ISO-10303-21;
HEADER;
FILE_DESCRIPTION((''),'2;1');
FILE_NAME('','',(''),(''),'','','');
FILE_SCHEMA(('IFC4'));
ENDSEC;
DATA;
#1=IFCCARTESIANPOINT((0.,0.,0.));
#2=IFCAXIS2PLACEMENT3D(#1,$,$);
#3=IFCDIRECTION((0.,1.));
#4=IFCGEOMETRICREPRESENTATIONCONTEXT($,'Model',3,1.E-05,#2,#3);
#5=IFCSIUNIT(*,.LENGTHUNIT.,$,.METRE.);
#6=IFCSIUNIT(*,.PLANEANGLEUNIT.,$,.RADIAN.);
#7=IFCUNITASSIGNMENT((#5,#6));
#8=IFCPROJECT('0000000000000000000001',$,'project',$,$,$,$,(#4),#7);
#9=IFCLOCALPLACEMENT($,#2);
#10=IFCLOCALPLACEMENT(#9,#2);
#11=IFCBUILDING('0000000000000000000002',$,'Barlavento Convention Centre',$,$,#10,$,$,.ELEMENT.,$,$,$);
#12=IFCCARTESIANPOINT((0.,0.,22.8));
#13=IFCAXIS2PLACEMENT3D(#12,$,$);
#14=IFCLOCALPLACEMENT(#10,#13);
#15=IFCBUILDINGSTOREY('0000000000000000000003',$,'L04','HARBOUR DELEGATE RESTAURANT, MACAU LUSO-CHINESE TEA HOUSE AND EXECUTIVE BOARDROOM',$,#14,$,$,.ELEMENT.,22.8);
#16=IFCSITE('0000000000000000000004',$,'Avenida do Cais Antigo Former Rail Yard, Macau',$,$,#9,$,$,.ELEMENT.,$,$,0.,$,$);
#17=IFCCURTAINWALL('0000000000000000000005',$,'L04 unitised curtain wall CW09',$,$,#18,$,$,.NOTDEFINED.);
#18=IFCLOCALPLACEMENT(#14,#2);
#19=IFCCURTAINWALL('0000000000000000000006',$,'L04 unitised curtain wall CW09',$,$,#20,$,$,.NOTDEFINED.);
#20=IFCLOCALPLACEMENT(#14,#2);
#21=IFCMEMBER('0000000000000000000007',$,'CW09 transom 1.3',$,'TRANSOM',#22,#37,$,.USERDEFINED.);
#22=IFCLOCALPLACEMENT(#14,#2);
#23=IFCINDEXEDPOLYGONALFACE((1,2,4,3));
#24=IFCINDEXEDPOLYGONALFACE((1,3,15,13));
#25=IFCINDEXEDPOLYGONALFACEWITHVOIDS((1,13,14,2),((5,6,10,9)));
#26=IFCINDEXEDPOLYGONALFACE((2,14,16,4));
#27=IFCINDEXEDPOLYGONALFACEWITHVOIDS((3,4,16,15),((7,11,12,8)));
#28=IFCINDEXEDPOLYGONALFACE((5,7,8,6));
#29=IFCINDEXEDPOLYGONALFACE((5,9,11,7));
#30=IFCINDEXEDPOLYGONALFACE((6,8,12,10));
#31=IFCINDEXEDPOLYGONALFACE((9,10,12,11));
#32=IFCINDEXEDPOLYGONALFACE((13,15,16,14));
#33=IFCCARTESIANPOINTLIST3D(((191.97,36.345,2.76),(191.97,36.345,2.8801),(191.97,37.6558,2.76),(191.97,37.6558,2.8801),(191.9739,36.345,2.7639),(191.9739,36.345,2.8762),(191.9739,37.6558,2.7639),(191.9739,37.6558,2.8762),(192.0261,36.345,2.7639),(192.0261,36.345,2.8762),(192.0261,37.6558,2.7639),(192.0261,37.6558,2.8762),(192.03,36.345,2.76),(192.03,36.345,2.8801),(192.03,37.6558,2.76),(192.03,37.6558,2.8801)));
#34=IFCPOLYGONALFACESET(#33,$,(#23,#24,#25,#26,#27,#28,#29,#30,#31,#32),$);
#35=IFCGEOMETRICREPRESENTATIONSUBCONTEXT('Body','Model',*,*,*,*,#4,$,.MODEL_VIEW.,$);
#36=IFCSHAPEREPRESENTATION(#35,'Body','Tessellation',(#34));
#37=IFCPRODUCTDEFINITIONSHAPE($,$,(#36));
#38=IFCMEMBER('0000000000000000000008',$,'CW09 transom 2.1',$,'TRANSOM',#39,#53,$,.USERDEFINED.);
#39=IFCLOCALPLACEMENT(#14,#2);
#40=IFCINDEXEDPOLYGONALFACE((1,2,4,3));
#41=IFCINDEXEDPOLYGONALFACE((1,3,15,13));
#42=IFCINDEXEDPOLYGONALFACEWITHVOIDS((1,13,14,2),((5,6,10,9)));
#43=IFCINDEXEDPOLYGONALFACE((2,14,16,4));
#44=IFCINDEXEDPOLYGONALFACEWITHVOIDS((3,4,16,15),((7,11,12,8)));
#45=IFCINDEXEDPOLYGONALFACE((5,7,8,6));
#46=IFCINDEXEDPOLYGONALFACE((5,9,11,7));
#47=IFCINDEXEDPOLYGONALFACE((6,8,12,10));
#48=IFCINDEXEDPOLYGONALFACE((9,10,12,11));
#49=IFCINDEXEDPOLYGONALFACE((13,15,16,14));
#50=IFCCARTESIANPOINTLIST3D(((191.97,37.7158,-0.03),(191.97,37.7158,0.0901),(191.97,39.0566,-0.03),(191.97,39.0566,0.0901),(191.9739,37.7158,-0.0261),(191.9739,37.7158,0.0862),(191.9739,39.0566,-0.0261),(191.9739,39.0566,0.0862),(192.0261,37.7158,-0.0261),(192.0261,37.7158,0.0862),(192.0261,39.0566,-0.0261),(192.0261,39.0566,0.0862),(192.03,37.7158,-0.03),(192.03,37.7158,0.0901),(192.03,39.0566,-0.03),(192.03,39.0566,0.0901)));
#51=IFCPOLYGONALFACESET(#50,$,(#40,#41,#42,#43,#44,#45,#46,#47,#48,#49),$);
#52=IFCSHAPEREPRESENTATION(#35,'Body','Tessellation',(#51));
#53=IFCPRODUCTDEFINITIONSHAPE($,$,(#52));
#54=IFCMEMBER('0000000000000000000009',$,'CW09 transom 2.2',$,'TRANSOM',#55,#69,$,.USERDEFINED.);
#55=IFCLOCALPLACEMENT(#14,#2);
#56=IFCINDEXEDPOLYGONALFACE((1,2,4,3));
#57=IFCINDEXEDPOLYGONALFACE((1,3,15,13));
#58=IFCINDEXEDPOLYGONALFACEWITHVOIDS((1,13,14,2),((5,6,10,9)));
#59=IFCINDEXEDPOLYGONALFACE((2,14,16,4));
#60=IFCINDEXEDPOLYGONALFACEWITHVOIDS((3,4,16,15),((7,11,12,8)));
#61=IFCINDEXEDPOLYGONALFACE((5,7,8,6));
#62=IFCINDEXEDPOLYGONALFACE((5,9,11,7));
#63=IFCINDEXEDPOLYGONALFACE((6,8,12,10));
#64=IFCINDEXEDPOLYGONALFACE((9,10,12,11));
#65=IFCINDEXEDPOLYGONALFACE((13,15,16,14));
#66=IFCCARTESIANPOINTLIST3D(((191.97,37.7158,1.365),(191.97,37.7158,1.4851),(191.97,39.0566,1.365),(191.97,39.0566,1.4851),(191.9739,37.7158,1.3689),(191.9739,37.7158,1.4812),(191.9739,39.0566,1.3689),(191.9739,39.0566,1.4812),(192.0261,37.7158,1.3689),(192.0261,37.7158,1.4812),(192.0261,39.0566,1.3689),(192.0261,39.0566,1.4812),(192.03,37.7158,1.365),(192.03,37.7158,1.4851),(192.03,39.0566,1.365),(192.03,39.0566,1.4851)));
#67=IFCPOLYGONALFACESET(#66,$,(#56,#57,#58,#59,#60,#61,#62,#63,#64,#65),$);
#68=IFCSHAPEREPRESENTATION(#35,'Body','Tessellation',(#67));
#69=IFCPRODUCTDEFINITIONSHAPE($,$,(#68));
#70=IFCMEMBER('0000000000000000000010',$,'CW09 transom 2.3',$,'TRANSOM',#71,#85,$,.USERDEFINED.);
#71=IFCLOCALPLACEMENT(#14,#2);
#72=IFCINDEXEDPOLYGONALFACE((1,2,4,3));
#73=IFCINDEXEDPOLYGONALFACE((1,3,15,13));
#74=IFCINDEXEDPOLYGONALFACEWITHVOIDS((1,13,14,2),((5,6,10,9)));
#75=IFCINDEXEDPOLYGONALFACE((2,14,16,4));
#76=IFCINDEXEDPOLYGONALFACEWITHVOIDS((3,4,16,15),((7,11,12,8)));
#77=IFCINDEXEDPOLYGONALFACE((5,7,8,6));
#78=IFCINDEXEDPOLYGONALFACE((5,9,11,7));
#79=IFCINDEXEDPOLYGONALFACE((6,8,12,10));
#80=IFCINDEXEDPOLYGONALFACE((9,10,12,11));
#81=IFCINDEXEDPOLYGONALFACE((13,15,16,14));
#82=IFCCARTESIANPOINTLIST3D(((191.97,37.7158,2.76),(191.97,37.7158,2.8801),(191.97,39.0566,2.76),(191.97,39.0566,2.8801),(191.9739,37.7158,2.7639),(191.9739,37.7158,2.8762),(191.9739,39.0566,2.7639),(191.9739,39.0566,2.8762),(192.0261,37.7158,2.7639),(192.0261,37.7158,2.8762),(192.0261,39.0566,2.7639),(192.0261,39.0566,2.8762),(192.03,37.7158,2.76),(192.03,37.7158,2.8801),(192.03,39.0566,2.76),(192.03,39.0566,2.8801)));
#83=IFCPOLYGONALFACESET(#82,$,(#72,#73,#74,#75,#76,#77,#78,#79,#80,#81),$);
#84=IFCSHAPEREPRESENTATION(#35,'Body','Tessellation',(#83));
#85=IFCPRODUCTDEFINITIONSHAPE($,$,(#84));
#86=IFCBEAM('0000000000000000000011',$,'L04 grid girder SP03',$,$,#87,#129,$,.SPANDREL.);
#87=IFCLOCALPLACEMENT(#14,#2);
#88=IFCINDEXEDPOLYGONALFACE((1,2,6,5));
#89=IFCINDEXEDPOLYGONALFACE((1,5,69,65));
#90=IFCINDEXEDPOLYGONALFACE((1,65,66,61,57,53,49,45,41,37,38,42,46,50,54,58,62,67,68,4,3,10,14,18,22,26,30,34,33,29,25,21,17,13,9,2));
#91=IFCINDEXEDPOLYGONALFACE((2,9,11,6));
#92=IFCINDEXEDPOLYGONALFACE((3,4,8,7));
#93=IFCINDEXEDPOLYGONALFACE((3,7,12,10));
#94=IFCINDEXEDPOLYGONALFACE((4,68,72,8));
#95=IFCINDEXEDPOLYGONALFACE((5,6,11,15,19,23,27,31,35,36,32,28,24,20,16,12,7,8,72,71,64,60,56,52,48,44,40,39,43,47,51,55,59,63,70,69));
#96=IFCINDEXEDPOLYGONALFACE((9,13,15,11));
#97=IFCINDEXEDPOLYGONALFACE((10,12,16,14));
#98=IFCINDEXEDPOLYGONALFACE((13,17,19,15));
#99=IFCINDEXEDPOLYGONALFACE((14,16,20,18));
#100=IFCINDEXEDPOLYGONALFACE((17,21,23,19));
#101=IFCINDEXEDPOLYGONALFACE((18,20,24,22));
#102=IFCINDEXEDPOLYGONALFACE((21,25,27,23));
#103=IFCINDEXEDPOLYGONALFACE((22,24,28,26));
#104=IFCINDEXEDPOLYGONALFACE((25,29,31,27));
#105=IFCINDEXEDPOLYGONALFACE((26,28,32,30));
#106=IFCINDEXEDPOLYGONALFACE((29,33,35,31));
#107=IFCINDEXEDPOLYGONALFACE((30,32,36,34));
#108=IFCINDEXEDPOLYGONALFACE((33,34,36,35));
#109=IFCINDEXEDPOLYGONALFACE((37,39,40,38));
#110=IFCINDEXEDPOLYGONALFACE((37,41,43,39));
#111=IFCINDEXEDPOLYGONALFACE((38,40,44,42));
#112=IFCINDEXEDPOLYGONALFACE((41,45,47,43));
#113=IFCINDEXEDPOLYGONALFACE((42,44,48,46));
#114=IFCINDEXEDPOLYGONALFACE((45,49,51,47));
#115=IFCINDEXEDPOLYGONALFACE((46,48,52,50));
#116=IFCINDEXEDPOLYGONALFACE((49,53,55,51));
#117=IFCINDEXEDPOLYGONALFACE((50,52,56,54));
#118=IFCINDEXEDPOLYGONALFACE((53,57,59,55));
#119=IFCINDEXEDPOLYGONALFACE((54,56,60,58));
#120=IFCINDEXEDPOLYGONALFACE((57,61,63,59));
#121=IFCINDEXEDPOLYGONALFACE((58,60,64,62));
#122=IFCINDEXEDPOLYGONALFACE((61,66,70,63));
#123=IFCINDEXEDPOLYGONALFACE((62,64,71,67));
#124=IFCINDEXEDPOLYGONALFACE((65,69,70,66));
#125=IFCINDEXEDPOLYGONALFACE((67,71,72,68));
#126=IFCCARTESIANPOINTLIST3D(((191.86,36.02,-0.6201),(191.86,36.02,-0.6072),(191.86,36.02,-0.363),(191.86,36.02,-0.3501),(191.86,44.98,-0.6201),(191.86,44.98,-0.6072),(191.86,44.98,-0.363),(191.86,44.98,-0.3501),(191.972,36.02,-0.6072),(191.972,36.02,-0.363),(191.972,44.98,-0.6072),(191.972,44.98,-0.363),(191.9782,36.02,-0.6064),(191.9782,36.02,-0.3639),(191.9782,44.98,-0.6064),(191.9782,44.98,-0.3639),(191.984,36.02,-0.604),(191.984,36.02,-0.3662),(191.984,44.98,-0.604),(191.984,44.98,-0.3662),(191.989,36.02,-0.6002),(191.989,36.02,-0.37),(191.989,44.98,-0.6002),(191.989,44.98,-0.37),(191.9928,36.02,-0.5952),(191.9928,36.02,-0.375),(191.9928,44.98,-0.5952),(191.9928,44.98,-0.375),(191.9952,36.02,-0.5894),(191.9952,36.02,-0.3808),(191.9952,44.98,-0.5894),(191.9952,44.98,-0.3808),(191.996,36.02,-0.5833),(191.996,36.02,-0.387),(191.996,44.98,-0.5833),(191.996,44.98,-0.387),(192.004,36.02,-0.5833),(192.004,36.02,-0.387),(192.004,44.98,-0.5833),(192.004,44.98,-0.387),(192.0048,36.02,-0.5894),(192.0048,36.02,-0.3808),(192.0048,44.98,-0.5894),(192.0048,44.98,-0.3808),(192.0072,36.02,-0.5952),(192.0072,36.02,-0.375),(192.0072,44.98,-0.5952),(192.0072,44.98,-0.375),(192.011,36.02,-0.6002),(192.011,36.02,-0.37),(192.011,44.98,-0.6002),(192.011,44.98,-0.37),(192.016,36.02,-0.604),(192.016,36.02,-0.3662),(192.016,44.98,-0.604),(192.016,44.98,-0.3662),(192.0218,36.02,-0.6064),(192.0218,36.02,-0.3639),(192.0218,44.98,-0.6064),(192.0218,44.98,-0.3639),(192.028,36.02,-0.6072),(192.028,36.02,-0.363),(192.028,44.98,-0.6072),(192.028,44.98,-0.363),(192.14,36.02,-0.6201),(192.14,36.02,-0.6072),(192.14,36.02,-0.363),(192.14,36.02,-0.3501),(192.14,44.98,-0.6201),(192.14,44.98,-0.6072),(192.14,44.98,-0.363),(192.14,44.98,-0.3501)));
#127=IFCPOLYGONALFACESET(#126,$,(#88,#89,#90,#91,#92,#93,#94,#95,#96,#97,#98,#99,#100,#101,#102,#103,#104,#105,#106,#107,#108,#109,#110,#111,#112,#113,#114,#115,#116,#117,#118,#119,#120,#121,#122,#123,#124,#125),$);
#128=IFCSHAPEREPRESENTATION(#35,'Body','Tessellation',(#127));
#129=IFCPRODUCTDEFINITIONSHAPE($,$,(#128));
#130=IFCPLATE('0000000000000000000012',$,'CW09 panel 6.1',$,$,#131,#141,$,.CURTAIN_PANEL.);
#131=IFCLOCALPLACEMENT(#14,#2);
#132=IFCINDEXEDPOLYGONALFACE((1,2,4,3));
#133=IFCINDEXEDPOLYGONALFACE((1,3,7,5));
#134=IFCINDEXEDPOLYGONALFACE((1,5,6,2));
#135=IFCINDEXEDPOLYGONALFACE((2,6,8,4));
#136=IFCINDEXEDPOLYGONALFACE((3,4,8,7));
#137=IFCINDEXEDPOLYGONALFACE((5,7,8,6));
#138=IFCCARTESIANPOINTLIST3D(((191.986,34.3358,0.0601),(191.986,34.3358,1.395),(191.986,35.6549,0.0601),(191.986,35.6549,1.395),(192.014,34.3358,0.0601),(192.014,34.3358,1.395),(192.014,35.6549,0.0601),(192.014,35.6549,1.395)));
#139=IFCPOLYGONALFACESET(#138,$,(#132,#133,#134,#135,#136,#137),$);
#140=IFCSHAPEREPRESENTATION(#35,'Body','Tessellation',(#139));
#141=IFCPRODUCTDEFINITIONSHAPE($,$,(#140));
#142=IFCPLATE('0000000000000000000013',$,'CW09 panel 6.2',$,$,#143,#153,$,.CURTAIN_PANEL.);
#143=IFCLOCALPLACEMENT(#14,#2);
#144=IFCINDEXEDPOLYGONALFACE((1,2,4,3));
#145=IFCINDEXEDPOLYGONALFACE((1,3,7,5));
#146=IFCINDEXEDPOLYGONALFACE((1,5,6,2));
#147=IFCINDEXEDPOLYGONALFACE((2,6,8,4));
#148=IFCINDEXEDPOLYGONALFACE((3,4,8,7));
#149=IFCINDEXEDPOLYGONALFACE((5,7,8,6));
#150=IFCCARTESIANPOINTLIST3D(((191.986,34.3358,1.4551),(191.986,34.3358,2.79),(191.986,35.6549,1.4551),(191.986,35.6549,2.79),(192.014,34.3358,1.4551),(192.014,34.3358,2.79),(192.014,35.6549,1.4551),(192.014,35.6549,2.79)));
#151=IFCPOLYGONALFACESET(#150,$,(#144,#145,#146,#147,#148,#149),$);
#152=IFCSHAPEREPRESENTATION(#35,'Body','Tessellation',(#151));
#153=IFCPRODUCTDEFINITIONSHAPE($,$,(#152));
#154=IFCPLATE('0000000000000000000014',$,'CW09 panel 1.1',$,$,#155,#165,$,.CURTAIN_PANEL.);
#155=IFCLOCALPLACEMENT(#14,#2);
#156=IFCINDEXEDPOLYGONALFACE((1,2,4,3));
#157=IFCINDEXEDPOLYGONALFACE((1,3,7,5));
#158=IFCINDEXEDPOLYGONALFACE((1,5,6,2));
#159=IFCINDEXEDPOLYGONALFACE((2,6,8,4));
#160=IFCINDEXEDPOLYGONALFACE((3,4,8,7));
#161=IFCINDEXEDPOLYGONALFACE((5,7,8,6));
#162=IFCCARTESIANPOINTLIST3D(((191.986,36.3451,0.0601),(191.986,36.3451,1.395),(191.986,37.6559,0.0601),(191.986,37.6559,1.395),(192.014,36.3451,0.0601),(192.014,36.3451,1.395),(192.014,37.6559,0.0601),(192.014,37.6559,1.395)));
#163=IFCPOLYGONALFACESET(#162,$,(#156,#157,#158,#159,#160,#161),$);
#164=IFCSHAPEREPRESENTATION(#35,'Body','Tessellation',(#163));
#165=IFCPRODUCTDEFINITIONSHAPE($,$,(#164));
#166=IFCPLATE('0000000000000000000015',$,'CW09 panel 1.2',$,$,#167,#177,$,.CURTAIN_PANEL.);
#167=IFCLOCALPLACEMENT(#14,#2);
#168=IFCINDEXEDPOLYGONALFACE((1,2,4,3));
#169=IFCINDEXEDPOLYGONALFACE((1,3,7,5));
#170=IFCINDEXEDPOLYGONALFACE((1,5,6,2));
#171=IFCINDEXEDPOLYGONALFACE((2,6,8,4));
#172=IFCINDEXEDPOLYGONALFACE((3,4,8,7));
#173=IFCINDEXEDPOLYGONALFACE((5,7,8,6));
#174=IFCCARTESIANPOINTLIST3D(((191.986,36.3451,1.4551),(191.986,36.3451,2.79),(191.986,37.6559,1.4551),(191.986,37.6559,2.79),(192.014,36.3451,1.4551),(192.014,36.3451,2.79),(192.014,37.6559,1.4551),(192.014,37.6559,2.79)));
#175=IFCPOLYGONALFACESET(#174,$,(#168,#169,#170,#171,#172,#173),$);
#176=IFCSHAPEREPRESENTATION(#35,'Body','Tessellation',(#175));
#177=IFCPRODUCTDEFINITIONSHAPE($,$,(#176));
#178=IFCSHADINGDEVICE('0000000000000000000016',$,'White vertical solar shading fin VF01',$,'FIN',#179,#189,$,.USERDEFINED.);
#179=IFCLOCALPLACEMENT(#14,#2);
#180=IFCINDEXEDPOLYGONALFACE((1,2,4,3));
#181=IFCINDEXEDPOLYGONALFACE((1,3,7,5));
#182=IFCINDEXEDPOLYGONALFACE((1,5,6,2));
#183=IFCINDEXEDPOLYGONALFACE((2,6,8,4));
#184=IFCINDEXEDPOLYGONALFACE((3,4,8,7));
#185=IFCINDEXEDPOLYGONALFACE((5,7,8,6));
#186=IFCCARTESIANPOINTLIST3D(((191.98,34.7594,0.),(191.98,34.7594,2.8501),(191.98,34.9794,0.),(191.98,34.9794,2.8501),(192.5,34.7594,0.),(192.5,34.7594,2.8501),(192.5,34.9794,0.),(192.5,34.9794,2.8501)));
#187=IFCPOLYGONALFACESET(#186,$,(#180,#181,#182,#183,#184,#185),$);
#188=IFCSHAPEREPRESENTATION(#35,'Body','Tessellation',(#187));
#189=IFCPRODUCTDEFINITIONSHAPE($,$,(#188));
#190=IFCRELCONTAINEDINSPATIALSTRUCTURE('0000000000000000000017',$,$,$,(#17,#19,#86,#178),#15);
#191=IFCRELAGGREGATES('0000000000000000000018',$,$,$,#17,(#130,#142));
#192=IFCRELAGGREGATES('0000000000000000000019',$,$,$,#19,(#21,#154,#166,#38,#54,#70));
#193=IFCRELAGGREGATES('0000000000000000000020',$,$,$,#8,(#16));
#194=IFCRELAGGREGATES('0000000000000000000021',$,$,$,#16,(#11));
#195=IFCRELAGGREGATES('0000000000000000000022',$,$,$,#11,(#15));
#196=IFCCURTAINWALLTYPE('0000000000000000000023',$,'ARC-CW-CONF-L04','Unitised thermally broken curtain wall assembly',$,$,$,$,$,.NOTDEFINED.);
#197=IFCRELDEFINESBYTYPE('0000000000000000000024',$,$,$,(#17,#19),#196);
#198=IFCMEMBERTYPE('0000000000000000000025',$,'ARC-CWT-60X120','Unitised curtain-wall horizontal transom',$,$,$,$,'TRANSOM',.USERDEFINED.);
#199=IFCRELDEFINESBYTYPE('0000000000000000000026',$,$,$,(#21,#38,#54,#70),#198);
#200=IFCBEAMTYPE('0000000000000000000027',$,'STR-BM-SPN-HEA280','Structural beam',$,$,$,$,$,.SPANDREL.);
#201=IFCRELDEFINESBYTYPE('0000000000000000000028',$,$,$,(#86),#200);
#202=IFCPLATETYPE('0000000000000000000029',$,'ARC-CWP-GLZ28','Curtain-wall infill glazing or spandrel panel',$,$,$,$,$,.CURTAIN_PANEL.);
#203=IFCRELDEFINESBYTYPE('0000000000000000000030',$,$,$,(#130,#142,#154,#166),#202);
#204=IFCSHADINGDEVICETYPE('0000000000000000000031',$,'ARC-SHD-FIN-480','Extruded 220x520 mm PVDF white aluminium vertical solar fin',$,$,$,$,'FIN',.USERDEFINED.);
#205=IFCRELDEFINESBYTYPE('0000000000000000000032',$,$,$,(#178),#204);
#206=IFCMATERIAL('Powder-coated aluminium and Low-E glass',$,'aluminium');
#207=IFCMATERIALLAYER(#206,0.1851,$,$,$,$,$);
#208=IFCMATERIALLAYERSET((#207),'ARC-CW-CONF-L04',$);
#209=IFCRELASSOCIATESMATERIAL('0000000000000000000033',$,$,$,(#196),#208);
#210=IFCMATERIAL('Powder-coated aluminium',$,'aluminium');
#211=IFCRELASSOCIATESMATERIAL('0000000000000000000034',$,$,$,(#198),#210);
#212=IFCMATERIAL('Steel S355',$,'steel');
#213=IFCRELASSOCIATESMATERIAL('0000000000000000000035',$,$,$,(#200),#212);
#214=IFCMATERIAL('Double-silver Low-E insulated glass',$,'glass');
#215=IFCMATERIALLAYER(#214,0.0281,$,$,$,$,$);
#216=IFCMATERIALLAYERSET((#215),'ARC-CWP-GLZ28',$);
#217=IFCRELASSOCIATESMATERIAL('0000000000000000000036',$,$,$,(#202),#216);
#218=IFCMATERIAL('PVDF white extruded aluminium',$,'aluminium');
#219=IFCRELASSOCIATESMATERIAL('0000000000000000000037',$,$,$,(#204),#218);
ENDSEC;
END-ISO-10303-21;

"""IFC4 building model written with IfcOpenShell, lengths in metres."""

from ifc_helpers import new_model, si_unit, direction, frame, origin, origin_2d, place, context, subcontext, project, spatial, rectangle, hollow_rectangle, i_section, extrude, material, layer, layer_set, material_profile, profile_set, type_object, element, aggregate, save


model = new_model("IFC4")

# Units and contexts
model_context = context("Model", 3, precision=1e-05, world=origin(), true_north=direction((0.0, 1.0)))
body_context = subcontext(model_context, "Body", "Model", "MODEL_VIEW")
ifc_project = project(units=[si_unit("LENGTHUNIT", "METRE"), si_unit("PLANEANGLEUNIT", "RADIAN")], contexts=[model_context])

# Site, building, storey
site_placement = place(None, origin())
site = spatial("IfcSite", under=ifc_project, at=site_placement, Name="Avenida do Cais Antigo Former Rail Yard, Macau", CompositionType="ELEMENT", RefElevation=0.0)
building_placement = place(site_placement, origin())
building = spatial("IfcBuilding", under=site, at=building_placement, Name="Barlavento Convention Centre", CompositionType="ELEMENT")
storey_placement = place(building_placement, frame((0.0, 0.0, 22.8)))
storey = spatial("IfcBuildingStorey", under=building, at=storey_placement, Name="L04", Description="HARBOUR DELEGATE RESTAURANT, MACAU LUSO-CHINESE TEA HOUSE AND EXECUTIVE BOARDROOM", CompositionType="ELEMENT", Elevation=22.8)

# Shared definitions
ifc_material_1 = material(Name="Steel S355", Category="steel")

# Curtain wall
ifc_material_2 = material(Name="Powder-coated aluminium and Low-E glass", Category="aluminium")
ifc_layer_1 = layer(ifc_material_2, 0.1851)
ifc_layer_set_1 = layer_set([ifc_layer_1], Name="ARC-CW-CONF-L04")
curtain_wall_type = type_object("IfcCurtainWallType", Name="ARC-CW-CONF-L04", Description="Unitised thermally broken curtain wall assembly", PredefinedType="NOTDEFINED", material=ifc_layer_set_1)
curtain_wall_1_placement = place(storey_placement, origin())
curtain_wall_1 = element("IfcCurtainWall", 1, at=curtain_wall_1_placement, inside=storey, type_object=curtain_wall_type, Name="L04 unitised curtain wall CW09", PredefinedType="NOTDEFINED")
ifc_material_3 = material(Name="Powder-coated aluminium", Category="aluminium")

# Curtain wall
curtain_wall_2_placement = place(storey_placement, origin())
curtain_wall_2 = element("IfcCurtainWall", 2, at=curtain_wall_2_placement, inside=storey, type_object=curtain_wall_type, Name="L04 unitised curtain wall CW09", PredefinedType="NOTDEFINED")

# Members
ifc_material_profile_1 = material_profile(ifc_material_3, hollow_rectangle(XDim=0.0601, YDim=0.1201, WallThickness=0.0039, at=origin_2d()), Name="AL-TRAN 60x120x4")
ifc_profile_set_1 = profile_set([ifc_material_profile_1], Name="Powder-coated aluminium")
member_type_1 = type_object("IfcMemberType", Name="ARC-CWT-60X120", Description="Unitised curtain-wall horizontal transom", ElementType="TRANSOM", PredefinedType="USERDEFINED", material=ifc_profile_set_1)
member_1_placement = place(storey_placement, frame((192.0, 36.345, 2.8201), z_axis=(0.0, 1.0, 0.0), x_axis=(-1.0, 0.0, 0.0)))
member_1 = element("IfcMember", 3, at=member_1_placement, type_object=member_type_1, Name="CW09 transom 1.3", ObjectType="TRANSOM", PredefinedType="USERDEFINED", context=body_context, shape_type="SweptSolid", body=[
    extrude(hollow_rectangle(XDim=0.0601, YDim=0.1201, WallThickness=0.0039, at=origin_2d()), origin(), (0.0, 0.0, 1.0), 1.3108),
])
member_2_placement = place(storey_placement, frame((192.0, 37.7158, 0.03), z_axis=(0.0, 1.0, 0.0), x_axis=(-1.0, 0.0, 0.0)))
member_2 = element("IfcMember", 4, at=member_2_placement, type_object=member_type_1, Name="CW09 transom 2.1", ObjectType="TRANSOM", PredefinedType="USERDEFINED", context=body_context, shape_type="SweptSolid", body=[
    extrude(hollow_rectangle(XDim=0.0601, YDim=0.1201, WallThickness=0.0039, at=origin_2d()), origin(), (0.0, 0.0, 1.0), 1.3408),
])
member_3_placement = place(storey_placement, frame((192.0, 37.7158, 1.425), z_axis=(0.0, 1.0, 0.0), x_axis=(-1.0, 0.0, 0.0)))
member_3 = element("IfcMember", 5, at=member_3_placement, type_object=member_type_1, Name="CW09 transom 2.2", ObjectType="TRANSOM", PredefinedType="USERDEFINED", context=body_context, shape_type="SweptSolid", body=[
    extrude(hollow_rectangle(XDim=0.0601, YDim=0.1201, WallThickness=0.0039, at=origin_2d()), origin(), (0.0, 0.0, 1.0), 1.3408),
])
member_4_placement = place(storey_placement, frame((192.0, 37.7158, 2.8201), z_axis=(0.0, 1.0, 0.0), x_axis=(-1.0, 0.0, 0.0)))
member_4 = element("IfcMember", 6, at=member_4_placement, type_object=member_type_1, Name="CW09 transom 2.3", ObjectType="TRANSOM", PredefinedType="USERDEFINED", context=body_context, shape_type="SweptSolid", body=[
    extrude(hollow_rectangle(XDim=0.0601, YDim=0.1201, WallThickness=0.0039, at=origin_2d()), origin(), (0.0, 0.0, 1.0), 1.3408),
])

# Beam
ifc_material_profile_2 = material_profile(ifc_material_1, i_section(OverallWidth=0.28, OverallDepth=0.27, WebThickness=0.0081, FlangeThickness=0.0129, FilletRadius=0.0239, at=origin_2d()), Name="HEA 280")
ifc_profile_set_2 = profile_set([ifc_material_profile_2], Name="Steel S355")
beam_type = type_object("IfcBeamType", Name="STR-BM-SPN-HEA280", Description="Structural beam", PredefinedType="SPANDREL", material=ifc_profile_set_2)
beam_placement = place(storey_placement, frame((192.0, 36.02, -0.4851), z_axis=(0.0, 1.0, 0.0), x_axis=(-1.0, 0.0, 0.0)))
element("IfcBeam", 7, at=beam_placement, inside=storey, type_object=beam_type, Name="L04 grid girder SP03", PredefinedType="SPANDREL", context=body_context, shape_type="SweptSolid", body=[
    extrude(i_section(OverallWidth=0.28, OverallDepth=0.27, WebThickness=0.0081, FlangeThickness=0.0129, FilletRadius=0.0239, at=origin_2d()), origin(), (0.0, 0.0, 1.0), 8.96),
])

# Plates
ifc_material_4 = material(Name="Double-silver Low-E insulated glass", Category="glass")
ifc_layer_2 = layer(ifc_material_4, 0.0281)
ifc_layer_set_2 = layer_set([ifc_layer_2], Name="ARC-CWP-GLZ28")
plate_type = type_object("IfcPlateType", Name="ARC-CWP-GLZ28", Description="Curtain-wall infill glazing or spandrel panel", PredefinedType="CURTAIN_PANEL", material=ifc_layer_set_2)
plate_1_placement = place(storey_placement, frame((192.0, 34.9954, 0.0601), z_axis=(0.0, 0.0, 1.0), x_axis=(0.0, 1.0, 0.0)))
plate_1 = element("IfcPlate", 8, at=plate_1_placement, type_object=plate_type, Name="CW09 panel 6.1", PredefinedType="CURTAIN_PANEL", context=body_context, shape_type="SweptSolid", body=[
    extrude(rectangle(XDim=1.3191, YDim=0.0281, at=origin_2d()), origin(), (0.0, 0.0, 1.0), 1.335),
])
plate_2_placement = place(storey_placement, frame((192.0, 34.9954, 1.4551), z_axis=(0.0, 0.0, 1.0), x_axis=(0.0, 1.0, 0.0)))
plate_2 = element("IfcPlate", 9, at=plate_2_placement, type_object=plate_type, Name="CW09 panel 6.2", PredefinedType="CURTAIN_PANEL", context=body_context, shape_type="SweptSolid", body=[
    extrude(rectangle(XDim=1.3191, YDim=0.0281, at=origin_2d()), origin(), (0.0, 0.0, 1.0), 1.335),
])
aggregate(curtain_wall_1, [plate_1, plate_2])
plate_3_placement = place(storey_placement, frame((192.0, 37.0005, 0.0601), z_axis=(0.0, 0.0, 1.0), x_axis=(0.0, 1.0, 0.0)))
plate_3 = element("IfcPlate", 10, at=plate_3_placement, type_object=plate_type, Name="CW09 panel 1.1", PredefinedType="CURTAIN_PANEL", context=body_context, shape_type="SweptSolid", body=[
    extrude(rectangle(XDim=1.3108, YDim=0.0281, at=origin_2d()), origin(), (0.0, 0.0, 1.0), 1.335),
])
plate_4_placement = place(storey_placement, frame((192.0, 37.0005, 1.4551), z_axis=(0.0, 0.0, 1.0), x_axis=(0.0, 1.0, 0.0)))
plate_4 = element("IfcPlate", 11, at=plate_4_placement, type_object=plate_type, Name="CW09 panel 1.2", PredefinedType="CURTAIN_PANEL", context=body_context, shape_type="SweptSolid", body=[
    extrude(rectangle(XDim=1.3108, YDim=0.0281, at=origin_2d()), origin(), (0.0, 0.0, 1.0), 1.335),
])
aggregate(curtain_wall_2, [member_1, plate_3, plate_4, member_2, member_3, member_4])

# Shading device
ifc_material_5 = material(Name="PVDF white extruded aluminium", Category="aluminium")
shading_device_type = type_object("IfcShadingDeviceType", Name="ARC-SHD-FIN-480", Description="Extruded 220x520 mm PVDF white aluminium vertical solar fin", ElementType="FIN", PredefinedType="USERDEFINED", material=ifc_material_5)
for number, where, z_axis, x_axis, name in (
    (12, (192.24, 34.8694, 0.0), (0.0, 0.0, 1.0), (0.0, 1.0, 0.0), "White vertical solar shading fin VF01"),
):
    element("IfcShadingDevice", number, at=place(storey_placement, frame(where, z_axis=z_axis, x_axis=x_axis)), inside=storey, type_object=shading_device_type, Name=name, ObjectType="FIN", PredefinedType="USERDEFINED", context=body_context, shape_type="SweptSolid", body=[
        extrude(rectangle(XDim=0.22, YDim=0.52, at=origin_2d()), origin(), (0.0, 0.0, 1.0), 2.8501),
    ])

save(model, "model.ifc")
